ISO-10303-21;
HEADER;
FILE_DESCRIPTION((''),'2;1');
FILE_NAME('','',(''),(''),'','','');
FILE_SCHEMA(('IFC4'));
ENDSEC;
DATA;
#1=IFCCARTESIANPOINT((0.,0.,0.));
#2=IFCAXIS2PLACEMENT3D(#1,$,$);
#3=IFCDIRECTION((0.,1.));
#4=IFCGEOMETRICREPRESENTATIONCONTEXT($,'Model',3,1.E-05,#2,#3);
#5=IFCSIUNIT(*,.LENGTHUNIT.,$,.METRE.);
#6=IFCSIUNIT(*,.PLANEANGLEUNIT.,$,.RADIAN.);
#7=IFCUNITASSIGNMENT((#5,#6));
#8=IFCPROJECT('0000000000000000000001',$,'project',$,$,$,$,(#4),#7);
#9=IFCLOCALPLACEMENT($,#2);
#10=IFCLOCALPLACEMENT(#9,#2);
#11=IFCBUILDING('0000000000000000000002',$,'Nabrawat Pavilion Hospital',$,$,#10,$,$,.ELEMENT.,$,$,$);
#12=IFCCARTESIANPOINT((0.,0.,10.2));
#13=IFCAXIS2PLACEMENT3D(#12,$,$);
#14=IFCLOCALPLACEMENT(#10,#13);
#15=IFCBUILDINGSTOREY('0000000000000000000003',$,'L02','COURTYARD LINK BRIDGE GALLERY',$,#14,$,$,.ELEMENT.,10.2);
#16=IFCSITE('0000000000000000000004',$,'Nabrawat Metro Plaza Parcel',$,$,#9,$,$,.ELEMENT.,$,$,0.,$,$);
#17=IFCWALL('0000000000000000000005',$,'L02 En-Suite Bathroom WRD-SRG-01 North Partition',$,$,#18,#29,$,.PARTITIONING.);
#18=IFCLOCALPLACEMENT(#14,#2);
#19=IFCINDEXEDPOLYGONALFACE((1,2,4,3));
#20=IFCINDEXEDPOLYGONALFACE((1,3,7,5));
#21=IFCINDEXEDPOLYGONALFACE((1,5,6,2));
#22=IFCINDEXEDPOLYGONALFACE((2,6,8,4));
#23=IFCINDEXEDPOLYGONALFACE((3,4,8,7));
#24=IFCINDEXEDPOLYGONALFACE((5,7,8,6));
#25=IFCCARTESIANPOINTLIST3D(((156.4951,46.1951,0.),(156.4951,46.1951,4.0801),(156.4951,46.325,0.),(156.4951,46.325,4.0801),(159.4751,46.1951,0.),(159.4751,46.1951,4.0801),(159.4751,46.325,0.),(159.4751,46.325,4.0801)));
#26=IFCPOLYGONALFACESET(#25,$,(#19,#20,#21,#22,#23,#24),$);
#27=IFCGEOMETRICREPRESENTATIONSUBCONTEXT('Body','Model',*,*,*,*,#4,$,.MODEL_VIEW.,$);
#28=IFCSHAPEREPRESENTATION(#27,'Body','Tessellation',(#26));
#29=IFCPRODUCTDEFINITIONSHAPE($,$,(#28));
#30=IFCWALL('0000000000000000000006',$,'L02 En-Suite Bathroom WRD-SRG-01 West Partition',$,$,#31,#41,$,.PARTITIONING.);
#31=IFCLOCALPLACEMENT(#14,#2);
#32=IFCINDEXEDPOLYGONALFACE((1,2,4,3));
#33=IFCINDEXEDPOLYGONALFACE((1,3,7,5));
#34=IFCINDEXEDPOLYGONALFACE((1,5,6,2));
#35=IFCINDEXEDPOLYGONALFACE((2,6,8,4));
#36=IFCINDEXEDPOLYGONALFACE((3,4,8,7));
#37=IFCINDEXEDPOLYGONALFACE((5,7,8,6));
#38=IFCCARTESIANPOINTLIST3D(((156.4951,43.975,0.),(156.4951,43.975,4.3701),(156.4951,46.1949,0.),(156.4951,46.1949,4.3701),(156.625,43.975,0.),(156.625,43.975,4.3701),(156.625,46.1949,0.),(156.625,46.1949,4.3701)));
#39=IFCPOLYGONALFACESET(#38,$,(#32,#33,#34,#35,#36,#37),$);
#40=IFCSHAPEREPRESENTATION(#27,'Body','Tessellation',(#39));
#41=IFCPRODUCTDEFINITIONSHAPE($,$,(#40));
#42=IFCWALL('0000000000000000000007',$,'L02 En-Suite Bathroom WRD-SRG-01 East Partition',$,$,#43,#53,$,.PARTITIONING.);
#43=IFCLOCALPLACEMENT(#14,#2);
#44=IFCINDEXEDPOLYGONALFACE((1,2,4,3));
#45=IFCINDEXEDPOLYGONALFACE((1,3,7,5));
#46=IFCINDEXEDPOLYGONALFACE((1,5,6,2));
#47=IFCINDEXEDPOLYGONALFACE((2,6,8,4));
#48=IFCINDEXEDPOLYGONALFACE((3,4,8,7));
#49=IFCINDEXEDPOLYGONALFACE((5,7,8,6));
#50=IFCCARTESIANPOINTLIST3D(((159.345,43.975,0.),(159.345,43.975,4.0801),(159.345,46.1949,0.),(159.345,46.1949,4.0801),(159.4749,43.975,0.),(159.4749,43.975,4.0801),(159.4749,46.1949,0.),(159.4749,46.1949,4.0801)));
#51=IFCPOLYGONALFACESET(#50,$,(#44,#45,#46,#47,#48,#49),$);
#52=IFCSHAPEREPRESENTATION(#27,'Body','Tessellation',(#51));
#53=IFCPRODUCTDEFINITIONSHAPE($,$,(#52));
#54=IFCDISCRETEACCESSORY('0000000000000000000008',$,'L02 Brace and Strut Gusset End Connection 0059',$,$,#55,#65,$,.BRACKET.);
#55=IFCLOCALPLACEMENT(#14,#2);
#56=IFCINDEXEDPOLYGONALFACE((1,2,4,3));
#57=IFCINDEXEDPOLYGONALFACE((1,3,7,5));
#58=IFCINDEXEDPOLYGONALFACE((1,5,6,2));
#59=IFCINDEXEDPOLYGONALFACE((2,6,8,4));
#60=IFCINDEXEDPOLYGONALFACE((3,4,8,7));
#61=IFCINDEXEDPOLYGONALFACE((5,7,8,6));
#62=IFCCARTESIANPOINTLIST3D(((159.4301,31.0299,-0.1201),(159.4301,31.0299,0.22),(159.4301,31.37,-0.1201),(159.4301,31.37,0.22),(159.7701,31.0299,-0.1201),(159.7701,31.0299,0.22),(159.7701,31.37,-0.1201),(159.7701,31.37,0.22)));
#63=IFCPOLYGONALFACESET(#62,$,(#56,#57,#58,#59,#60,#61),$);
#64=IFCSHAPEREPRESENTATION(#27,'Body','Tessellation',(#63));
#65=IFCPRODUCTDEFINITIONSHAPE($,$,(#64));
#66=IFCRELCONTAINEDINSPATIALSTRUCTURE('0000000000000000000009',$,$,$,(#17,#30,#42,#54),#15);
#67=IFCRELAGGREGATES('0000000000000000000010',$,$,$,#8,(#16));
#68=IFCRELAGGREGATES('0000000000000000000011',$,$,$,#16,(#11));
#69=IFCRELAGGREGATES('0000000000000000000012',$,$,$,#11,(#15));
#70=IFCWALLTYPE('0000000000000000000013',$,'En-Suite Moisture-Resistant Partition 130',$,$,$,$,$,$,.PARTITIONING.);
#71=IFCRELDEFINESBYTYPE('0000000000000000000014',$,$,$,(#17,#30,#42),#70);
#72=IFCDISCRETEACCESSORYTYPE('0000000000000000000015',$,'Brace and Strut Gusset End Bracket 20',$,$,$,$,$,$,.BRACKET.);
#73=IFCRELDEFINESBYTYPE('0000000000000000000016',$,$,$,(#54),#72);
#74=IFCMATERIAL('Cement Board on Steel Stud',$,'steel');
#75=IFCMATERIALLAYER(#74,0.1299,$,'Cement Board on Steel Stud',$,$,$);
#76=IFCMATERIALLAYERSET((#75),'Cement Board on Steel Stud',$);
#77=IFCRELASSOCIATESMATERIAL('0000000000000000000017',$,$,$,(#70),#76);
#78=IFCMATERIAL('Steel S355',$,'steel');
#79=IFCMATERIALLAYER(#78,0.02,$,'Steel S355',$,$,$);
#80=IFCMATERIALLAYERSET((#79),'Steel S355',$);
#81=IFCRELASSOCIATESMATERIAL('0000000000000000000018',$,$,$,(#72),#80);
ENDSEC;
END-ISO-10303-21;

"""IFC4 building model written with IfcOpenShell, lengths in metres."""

from ifc_helpers import new_model, si_unit, direction, frame, frame_2d, origin, origin_2d, place, context, subcontext, project, spatial, rectangle, extrude, material, layer, layer_set, type_object, element, save


model = new_model("IFC4")

# Units and contexts
model_context = context("Model", 3, precision=1e-05, world=origin(), true_north=direction((0.0, 1.0)))
body_context = subcontext(model_context, "Body", "Model", "MODEL_VIEW")
ifc_project = project(units=[si_unit("LENGTHUNIT", "METRE"), si_unit("PLANEANGLEUNIT", "RADIAN")], contexts=[model_context])

# Site, building, storey
site_placement = place(None, origin())
site = spatial("IfcSite", under=ifc_project, at=site_placement, Name="Nabrawat Metro Plaza Parcel", CompositionType="ELEMENT", RefElevation=0.0)
building_placement = place(site_placement, origin())
building = spatial("IfcBuilding", under=site, at=building_placement, Name="Nabrawat Pavilion Hospital", CompositionType="ELEMENT")
storey_placement = place(building_placement, frame((0.0, 0.0, 10.2)))
storey = spatial("IfcBuildingStorey", under=building, at=storey_placement, Name="L02", Description="COURTYARD LINK BRIDGE GALLERY", CompositionType="ELEMENT", Elevation=10.2)

# Shared definitions
ifc_material_1 = material(Name="Steel S355", Category="steel")

# Shared definitions
ifc_material_2 = material(Name="Cement Board on Steel Stud", Category="steel")
ifc_layer_1 = layer(ifc_material_2, 0.1299, Name="Cement Board on Steel Stud")
ifc_layer_set_1 = layer_set([ifc_layer_1], Name="Cement Board on Steel Stud")
wall_type_1 = type_object("IfcWallType", Name="En-Suite Moisture-Resistant Partition 130", PredefinedType="PARTITIONING", material=ifc_layer_set_1)

# Walls
wall_1_placement = place(storey_placement, frame((156.4951, 46.26, 0.0), z_axis=(0.0, 0.0, 1.0), x_axis=(1.0, 0.0, 0.0)))
element("IfcWall", 1, at=wall_1_placement, inside=storey, type_object=wall_type_1, Name="L02 En-Suite Bathroom WRD-SRG-01 North Partition", PredefinedType="PARTITIONING", context=body_context, shape_type="SweptSolid", body=[
    extrude(rectangle(XDim=2.98, YDim=0.1299, at=frame_2d((1.49, 0.0))), origin(), (0.0, 0.0, 1.0), 4.0801),
])
wall_2_placement = place(storey_placement, frame((156.5601, 43.9751, 0.0), z_axis=(0.0, 0.0, 1.0), x_axis=(0.0, 1.0, 0.0)))
element("IfcWall", 2, at=wall_2_placement, inside=storey, type_object=wall_type_1, Name="L02 En-Suite Bathroom WRD-SRG-01 West Partition", PredefinedType="PARTITIONING", context=body_context, shape_type="SweptSolid", body=[
    extrude(rectangle(XDim=2.22, YDim=0.1299, at=frame_2d((1.1099, 0.0))), origin(), (0.0, 0.0, 1.0), 4.3701),
])
wall_3_placement = place(storey_placement, frame((159.4099, 43.9751, 0.0), z_axis=(0.0, 0.0, 1.0), x_axis=(0.0, 1.0, 0.0)))
element("IfcWall", 3, at=wall_3_placement, inside=storey, type_object=wall_type_1, Name="L02 En-Suite Bathroom WRD-SRG-01 East Partition", PredefinedType="PARTITIONING", context=body_context, shape_type="SweptSolid", body=[
    extrude(rectangle(XDim=2.22, YDim=0.1299, at=frame_2d((1.1099, 0.0))), origin(), (0.0, 0.0, 1.0), 4.0801),
])

# Discrete accessory
ifc_layer_2 = layer(ifc_material_1, 0.02, Name="Steel S355")
ifc_layer_set_2 = layer_set([ifc_layer_2], Name="Steel S355")
discrete_accessory_type = type_object("IfcDiscreteAccessoryType", Name="Brace and Strut Gusset End Bracket 20", PredefinedType="BRACKET", material=ifc_layer_set_2)
discrete_accessory_placement = place(storey_placement, frame((159.6001, 31.2, -0.1201), z_axis=(0.0, 0.0, 1.0), x_axis=(1.0, 0.0, 0.0)))
element("IfcDiscreteAccessory", 4, at=discrete_accessory_placement, inside=storey, type_object=discrete_accessory_type, Name="L02 Brace and Strut Gusset End Connection 0059", PredefinedType="BRACKET", context=body_context, shape_type="SweptSolid", body=[
    extrude(rectangle(XDim=0.3401, YDim=0.3401, at=origin_2d()), origin(), (0.0, 0.0, 1.0), 0.3401),
])

save(model, "model.ifc")
